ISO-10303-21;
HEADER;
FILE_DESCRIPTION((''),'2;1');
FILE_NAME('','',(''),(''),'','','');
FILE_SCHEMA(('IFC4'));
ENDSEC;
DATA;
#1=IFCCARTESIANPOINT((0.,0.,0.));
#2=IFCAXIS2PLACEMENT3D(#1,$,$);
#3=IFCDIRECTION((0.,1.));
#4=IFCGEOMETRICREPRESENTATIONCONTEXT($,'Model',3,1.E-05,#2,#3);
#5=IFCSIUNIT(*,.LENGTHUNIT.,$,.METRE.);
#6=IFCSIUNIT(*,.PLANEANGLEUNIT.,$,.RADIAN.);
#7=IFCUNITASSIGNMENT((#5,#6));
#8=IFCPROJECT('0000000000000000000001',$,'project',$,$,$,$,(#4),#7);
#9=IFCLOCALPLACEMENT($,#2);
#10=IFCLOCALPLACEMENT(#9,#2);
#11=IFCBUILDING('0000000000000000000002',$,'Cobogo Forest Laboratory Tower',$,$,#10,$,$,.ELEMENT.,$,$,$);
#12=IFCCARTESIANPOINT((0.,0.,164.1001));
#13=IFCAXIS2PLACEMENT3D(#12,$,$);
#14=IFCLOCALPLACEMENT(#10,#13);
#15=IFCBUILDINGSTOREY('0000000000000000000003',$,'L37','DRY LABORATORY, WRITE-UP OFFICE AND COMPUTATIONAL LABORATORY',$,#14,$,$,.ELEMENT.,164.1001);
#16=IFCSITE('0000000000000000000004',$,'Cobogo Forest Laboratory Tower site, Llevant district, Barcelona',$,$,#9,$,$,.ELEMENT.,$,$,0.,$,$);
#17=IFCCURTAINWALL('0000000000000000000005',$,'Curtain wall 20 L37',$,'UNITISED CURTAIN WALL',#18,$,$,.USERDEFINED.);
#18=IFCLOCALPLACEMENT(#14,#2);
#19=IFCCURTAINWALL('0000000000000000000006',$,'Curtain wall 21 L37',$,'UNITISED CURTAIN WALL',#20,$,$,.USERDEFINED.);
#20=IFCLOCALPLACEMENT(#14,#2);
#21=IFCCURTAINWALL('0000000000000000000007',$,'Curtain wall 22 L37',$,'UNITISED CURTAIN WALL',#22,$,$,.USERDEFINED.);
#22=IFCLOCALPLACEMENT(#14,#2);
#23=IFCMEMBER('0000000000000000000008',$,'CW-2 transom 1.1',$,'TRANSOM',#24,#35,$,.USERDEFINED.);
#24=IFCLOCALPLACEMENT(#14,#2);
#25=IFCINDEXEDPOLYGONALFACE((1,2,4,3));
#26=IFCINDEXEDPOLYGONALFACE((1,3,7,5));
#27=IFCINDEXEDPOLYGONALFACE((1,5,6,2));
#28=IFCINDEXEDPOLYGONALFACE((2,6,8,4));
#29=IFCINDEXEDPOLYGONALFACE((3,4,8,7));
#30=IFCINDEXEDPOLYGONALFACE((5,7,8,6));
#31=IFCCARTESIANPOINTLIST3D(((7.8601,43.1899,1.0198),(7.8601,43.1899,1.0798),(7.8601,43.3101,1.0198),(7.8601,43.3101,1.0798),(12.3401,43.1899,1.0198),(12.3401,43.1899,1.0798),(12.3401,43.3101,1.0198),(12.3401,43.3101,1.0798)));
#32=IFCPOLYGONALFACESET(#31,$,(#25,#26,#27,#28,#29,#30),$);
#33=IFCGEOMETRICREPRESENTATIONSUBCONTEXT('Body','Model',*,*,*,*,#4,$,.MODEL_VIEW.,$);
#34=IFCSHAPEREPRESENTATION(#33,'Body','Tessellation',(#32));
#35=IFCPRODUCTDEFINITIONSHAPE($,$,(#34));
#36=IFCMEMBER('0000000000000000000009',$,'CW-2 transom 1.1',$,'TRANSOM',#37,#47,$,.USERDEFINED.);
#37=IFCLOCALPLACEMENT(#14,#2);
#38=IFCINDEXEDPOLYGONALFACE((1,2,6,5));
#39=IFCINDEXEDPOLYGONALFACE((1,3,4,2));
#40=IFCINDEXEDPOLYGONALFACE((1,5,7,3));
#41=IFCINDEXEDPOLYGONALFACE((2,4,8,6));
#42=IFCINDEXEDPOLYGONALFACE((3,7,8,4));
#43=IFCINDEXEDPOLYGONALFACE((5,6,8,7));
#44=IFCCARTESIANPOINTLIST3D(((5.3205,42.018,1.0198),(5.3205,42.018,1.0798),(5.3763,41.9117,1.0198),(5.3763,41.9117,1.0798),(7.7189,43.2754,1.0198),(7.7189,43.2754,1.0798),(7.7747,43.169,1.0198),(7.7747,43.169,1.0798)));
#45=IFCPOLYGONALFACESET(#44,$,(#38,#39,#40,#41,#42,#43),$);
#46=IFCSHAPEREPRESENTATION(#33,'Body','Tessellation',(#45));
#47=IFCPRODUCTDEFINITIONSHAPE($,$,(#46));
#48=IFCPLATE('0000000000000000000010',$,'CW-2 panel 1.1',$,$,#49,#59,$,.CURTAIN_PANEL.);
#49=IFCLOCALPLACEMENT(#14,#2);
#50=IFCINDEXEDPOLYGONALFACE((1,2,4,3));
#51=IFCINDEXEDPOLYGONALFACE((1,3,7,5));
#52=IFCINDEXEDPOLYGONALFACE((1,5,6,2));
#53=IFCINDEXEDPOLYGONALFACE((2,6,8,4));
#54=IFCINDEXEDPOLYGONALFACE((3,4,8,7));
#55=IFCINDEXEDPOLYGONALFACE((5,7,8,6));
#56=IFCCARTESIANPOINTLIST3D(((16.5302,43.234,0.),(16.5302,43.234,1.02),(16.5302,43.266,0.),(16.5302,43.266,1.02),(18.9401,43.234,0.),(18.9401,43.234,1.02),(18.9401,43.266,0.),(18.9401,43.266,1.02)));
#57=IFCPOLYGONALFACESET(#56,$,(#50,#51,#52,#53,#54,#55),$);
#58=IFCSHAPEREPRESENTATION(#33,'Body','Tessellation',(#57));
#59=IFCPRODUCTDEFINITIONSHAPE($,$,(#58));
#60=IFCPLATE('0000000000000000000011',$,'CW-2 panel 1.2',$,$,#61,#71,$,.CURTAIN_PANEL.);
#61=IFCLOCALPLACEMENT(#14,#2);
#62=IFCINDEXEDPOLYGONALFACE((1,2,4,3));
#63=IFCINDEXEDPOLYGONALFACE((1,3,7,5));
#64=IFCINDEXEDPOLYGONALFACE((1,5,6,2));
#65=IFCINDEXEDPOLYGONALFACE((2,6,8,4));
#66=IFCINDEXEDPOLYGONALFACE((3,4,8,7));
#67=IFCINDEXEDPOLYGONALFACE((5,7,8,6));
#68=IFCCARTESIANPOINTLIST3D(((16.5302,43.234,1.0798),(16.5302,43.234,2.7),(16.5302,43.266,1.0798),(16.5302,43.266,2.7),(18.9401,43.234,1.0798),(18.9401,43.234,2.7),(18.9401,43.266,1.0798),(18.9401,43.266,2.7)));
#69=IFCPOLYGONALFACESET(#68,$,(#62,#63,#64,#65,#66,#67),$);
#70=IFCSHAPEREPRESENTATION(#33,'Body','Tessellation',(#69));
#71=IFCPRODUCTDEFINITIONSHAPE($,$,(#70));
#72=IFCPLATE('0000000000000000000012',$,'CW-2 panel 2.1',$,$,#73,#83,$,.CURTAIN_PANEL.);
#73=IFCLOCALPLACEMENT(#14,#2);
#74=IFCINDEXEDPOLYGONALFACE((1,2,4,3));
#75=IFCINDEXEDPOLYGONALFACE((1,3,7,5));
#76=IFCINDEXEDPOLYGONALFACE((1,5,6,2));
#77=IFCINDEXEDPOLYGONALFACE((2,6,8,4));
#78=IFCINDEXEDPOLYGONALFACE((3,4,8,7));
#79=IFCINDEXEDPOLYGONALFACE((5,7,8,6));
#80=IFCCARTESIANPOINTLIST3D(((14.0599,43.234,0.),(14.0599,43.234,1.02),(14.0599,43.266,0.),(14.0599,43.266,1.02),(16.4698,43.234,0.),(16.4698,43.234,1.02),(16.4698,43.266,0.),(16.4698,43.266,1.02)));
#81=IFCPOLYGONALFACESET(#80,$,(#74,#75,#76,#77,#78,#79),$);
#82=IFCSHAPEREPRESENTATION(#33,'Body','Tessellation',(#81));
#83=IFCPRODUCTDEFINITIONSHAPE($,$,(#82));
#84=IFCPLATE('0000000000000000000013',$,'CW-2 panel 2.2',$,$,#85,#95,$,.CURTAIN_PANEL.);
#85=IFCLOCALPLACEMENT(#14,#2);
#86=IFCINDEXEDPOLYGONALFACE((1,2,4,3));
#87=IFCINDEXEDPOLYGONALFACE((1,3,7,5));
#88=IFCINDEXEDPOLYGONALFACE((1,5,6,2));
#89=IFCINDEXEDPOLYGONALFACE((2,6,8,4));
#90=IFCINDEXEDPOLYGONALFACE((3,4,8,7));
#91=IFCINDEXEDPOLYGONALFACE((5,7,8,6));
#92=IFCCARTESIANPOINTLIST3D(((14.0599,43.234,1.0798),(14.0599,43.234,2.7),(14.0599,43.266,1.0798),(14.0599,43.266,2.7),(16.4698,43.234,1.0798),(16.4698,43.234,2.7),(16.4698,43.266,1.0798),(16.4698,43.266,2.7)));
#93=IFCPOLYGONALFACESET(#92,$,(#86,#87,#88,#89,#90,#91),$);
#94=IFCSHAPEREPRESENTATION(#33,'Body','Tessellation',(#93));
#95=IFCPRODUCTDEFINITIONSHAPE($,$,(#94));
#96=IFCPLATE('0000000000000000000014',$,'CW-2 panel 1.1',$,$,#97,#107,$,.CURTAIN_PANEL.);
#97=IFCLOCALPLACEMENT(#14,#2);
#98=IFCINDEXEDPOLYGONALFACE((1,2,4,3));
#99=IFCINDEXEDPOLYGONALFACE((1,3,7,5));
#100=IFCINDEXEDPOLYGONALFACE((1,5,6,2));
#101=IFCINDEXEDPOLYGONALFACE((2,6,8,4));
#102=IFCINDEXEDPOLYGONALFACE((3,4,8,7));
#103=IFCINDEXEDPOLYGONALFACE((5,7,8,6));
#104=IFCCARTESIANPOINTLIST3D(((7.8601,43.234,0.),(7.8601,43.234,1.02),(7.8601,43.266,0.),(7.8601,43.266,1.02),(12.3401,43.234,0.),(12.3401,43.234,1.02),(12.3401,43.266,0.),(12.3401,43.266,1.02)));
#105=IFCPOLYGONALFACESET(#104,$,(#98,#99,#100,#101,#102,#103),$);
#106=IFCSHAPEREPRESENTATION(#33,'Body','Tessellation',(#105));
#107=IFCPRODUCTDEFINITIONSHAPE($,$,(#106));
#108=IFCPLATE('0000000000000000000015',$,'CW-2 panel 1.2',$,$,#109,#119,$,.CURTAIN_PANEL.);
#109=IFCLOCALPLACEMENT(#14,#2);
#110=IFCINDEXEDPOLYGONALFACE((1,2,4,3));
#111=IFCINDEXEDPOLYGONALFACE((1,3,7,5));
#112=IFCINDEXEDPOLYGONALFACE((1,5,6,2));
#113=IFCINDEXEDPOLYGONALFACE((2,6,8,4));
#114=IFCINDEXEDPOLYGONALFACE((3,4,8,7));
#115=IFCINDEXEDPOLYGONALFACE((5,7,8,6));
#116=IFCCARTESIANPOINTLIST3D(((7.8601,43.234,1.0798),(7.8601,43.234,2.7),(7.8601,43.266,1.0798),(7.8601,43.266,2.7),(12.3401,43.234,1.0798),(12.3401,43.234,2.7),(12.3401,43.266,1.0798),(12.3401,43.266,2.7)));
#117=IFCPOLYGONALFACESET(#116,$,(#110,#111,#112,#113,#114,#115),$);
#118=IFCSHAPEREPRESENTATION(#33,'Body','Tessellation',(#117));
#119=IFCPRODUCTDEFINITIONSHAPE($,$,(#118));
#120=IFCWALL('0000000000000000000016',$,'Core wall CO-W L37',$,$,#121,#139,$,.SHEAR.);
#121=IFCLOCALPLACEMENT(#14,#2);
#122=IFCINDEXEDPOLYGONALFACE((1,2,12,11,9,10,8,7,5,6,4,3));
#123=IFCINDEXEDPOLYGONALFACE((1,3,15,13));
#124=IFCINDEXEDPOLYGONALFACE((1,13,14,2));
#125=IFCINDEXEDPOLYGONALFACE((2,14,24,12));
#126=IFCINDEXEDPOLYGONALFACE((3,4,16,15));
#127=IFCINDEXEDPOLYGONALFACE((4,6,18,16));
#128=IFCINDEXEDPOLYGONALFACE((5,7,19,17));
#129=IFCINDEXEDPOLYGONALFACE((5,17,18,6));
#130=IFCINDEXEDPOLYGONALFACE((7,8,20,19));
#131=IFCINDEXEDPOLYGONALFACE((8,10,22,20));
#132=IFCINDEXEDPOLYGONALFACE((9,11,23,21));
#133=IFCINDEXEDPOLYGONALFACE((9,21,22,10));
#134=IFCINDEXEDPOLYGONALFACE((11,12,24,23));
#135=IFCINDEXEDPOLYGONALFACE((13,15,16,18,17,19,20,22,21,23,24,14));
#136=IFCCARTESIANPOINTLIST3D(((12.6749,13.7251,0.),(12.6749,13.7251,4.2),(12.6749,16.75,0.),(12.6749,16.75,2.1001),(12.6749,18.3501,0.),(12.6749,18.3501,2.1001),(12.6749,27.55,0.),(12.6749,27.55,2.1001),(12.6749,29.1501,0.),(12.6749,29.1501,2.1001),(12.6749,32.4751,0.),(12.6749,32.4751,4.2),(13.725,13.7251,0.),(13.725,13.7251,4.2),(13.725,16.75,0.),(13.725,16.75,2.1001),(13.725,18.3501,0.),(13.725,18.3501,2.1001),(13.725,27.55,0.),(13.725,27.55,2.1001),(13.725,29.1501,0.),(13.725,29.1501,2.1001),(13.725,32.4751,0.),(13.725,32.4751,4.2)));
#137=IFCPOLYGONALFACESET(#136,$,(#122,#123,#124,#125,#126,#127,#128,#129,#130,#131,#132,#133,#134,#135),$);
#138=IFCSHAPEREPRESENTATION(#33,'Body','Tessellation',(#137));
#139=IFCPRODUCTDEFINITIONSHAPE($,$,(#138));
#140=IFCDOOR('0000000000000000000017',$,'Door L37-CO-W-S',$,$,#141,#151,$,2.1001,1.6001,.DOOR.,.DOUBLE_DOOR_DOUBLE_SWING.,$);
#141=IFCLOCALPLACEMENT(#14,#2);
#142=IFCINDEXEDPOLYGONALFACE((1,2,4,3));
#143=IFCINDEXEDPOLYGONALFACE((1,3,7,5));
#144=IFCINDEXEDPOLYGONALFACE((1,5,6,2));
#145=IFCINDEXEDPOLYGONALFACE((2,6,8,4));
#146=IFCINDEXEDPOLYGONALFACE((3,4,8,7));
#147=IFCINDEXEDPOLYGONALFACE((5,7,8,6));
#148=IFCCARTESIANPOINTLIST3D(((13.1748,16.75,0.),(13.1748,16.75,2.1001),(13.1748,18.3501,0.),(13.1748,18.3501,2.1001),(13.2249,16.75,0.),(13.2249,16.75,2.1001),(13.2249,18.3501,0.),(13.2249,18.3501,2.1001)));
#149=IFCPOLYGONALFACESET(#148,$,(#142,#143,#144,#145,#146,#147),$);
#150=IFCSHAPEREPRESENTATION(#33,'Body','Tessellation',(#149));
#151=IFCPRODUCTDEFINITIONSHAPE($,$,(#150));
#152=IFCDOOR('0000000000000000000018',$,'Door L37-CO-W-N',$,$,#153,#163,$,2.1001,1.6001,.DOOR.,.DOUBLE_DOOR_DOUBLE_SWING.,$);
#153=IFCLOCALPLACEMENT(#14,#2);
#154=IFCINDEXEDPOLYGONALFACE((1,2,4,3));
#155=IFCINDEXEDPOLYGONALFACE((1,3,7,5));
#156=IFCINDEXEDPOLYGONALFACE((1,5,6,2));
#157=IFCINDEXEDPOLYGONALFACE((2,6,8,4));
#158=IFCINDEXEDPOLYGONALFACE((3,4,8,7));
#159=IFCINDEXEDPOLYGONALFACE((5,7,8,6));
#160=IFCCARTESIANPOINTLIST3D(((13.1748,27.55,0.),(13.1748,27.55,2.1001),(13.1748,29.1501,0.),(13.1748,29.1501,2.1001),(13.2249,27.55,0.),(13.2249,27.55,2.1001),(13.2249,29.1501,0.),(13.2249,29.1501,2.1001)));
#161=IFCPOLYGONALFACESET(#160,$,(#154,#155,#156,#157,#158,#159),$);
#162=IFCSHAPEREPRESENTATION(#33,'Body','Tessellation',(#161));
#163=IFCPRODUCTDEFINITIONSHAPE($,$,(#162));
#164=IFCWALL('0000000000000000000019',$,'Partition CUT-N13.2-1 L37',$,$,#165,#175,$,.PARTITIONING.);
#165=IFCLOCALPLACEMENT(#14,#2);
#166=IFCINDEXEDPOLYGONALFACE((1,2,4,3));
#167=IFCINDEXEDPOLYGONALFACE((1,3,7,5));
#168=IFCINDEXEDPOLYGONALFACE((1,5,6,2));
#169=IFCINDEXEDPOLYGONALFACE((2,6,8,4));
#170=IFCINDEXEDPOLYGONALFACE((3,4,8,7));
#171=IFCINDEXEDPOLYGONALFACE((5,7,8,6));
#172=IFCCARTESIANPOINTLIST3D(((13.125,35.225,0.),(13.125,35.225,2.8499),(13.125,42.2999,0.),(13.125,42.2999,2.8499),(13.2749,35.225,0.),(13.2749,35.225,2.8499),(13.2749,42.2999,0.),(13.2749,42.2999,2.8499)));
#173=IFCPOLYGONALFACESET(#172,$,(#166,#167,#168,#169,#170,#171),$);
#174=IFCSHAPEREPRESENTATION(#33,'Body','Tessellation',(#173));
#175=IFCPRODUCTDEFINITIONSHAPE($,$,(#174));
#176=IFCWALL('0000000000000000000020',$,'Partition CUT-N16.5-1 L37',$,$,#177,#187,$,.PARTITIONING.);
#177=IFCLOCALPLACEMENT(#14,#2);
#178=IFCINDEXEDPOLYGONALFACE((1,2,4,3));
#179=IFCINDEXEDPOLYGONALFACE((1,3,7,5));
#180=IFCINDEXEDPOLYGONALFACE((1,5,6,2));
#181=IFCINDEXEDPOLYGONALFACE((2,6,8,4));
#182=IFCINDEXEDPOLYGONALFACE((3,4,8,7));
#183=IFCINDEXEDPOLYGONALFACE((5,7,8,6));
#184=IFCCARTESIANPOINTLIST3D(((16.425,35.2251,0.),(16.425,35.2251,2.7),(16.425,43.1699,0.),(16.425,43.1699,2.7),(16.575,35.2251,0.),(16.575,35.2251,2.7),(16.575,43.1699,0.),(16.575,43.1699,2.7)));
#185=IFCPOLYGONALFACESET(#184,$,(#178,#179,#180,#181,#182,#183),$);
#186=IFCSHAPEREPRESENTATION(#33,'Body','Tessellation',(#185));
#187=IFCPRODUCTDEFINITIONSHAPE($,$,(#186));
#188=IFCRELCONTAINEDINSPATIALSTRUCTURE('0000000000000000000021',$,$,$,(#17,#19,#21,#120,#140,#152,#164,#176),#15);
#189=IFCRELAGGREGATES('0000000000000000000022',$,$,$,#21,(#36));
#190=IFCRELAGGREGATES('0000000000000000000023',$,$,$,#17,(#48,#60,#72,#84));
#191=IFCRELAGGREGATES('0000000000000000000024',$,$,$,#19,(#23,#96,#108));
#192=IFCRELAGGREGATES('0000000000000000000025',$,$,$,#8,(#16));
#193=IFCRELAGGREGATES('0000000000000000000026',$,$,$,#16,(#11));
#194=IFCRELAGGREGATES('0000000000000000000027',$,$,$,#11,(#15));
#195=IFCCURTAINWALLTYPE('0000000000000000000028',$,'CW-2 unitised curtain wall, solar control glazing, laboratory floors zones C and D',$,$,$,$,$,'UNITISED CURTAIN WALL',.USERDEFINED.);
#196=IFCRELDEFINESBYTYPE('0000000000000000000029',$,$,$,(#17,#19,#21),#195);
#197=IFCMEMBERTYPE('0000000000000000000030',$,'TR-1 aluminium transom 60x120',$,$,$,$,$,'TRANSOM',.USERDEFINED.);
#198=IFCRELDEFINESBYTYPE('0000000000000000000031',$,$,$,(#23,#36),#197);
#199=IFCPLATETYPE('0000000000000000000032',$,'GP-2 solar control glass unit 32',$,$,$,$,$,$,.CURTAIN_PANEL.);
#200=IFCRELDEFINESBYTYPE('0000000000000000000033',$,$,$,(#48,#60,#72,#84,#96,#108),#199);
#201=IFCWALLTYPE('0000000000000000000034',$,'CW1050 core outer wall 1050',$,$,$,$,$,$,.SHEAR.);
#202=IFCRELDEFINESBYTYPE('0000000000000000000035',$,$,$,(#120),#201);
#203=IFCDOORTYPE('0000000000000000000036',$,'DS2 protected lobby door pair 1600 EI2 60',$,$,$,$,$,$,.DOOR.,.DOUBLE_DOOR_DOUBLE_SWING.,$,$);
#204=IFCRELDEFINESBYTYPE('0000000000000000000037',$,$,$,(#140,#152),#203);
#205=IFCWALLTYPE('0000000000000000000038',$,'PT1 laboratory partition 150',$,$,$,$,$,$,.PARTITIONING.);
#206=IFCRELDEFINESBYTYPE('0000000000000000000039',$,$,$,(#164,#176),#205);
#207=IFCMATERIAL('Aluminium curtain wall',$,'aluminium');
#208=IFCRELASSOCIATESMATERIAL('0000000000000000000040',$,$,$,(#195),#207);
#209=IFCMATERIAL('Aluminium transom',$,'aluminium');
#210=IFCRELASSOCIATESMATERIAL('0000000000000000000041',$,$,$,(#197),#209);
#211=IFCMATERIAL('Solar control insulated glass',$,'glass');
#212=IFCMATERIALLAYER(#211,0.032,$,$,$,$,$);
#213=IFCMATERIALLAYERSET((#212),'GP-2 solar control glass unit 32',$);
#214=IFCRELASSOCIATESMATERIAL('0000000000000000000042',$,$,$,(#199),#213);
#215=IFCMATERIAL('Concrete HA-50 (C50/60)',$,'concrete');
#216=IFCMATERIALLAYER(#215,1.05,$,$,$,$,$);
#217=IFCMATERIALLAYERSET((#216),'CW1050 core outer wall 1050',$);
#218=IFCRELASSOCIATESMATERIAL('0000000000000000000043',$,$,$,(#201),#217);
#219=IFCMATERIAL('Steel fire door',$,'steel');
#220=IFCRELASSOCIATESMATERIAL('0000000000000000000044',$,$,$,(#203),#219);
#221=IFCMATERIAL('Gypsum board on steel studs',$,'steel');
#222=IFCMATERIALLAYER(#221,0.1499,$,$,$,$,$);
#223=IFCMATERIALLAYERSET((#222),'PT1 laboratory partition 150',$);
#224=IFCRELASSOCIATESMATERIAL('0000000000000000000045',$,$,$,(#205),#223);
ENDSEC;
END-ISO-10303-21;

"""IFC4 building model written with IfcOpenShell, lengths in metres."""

from ifc_helpers import new_model, si_unit, direction, frame, frame_2d, origin, origin_2d, place, context, subcontext, project, spatial, rectangle, extrude, material, layer, layer_set, material_profile, profile_set, type_object, element, fill, aggregate, save


model = new_model("IFC4")

# Units and contexts
model_context = context("Model", 3, precision=1e-05, world=origin(), true_north=direction((0.0, 1.0)))
body_context = subcontext(model_context, "Body", "Model", "MODEL_VIEW")
ifc_project = project(units=[si_unit("LENGTHUNIT", "METRE"), si_unit("PLANEANGLEUNIT", "RADIAN")], contexts=[model_context])

# Site, building, storey
site_placement = place(None, origin())
site = spatial("IfcSite", under=ifc_project, at=site_placement, Name="Cobogo Forest Laboratory Tower site, Llevant district, Barcelona", CompositionType="ELEMENT", RefElevation=0.0)
building_placement = place(site_placement, origin())
building = spatial("IfcBuilding", under=site, at=building_placement, Name="Cobogo Forest Laboratory Tower", CompositionType="ELEMENT")
storey_placement = place(building_placement, frame((0.0, 0.0, 164.1001)))
storey = spatial("IfcBuildingStorey", under=building, at=storey_placement, Name="L37", Description="DRY LABORATORY, WRITE-UP OFFICE AND COMPUTATIONAL LABORATORY", CompositionType="ELEMENT", Elevation=164.1001)

# Shared definitions
ifc_material_1 = material(Name="Concrete HA-50 (C50/60)", Category="concrete")

# Curtain walls
ifc_material_2 = material(Name="Aluminium curtain wall", Category="aluminium")
curtain_wall_type = type_object("IfcCurtainWallType", Name="CW-2 unitised curtain wall, solar control glazing, laboratory floors zones C and D", ElementType="UNITISED CURTAIN WALL", PredefinedType="USERDEFINED", material=ifc_material_2)
curtain_wall_1_placement = place(storey_placement, origin())
curtain_wall_1 = element("IfcCurtainWall", 1, at=curtain_wall_1_placement, inside=storey, type_object=curtain_wall_type, Name="Curtain wall 20 L37", ObjectType="UNITISED CURTAIN WALL", PredefinedType="USERDEFINED")
curtain_wall_2_placement = place(storey_placement, origin())
curtain_wall_2 = element("IfcCurtainWall", 2, at=curtain_wall_2_placement, inside=storey, type_object=curtain_wall_type, Name="Curtain wall 21 L37", ObjectType="UNITISED CURTAIN WALL", PredefinedType="USERDEFINED")

# Curtain wall
curtain_wall_3_placement = place(storey_placement, origin())
curtain_wall_3 = element("IfcCurtainWall", 3, at=curtain_wall_3_placement, inside=storey, type_object=curtain_wall_type, Name="Curtain wall 22 L37", ObjectType="UNITISED CURTAIN WALL", PredefinedType="USERDEFINED")

# Members
ifc_material_3 = material(Name="Aluminium transom", Category="aluminium")
ifc_material_profile_1 = material_profile(ifc_material_3, rectangle(XDim=0.1201, YDim=0.0601, at=origin_2d()), Name="AL 60x120")
ifc_profile_set_1 = profile_set([ifc_material_profile_1], Name="Aluminium transom")
member_type_1 = type_object("IfcMemberType", Name="TR-1 aluminium transom 60x120", ElementType="TRANSOM", PredefinedType="USERDEFINED", material=ifc_profile_set_1)
member_1_placement = place(storey_placement, frame((12.3401, 43.25, 1.0498), z_axis=(-1.0, 0.0, 0.0), x_axis=(0.0, -1.0, 0.0)))
member_1 = element("IfcMember", 4, at=member_1_placement, type_object=member_type_1, Name="CW-2 transom 1.1", ObjectType="TRANSOM", PredefinedType="USERDEFINED", context=body_context, shape_type="SweptSolid", body=[
    extrude(rectangle(XDim=0.1201, YDim=0.0601, at=origin_2d()), origin(), (0.0, 0.0, 1.0), 4.48),
])
member_2_placement = place(storey_placement, frame((7.7468, 43.2222, 1.0498), z_axis=(-0.88568, -0.464297, 0.0), x_axis=(0.464297, -0.88568, 0.0)))
member_2 = element("IfcMember", 5, at=member_2_placement, type_object=member_type_1, Name="CW-2 transom 1.1", ObjectType="TRANSOM", PredefinedType="USERDEFINED", context=body_context, shape_type="SweptSolid", body=[
    extrude(rectangle(XDim=0.1201, YDim=0.0601, at=origin_2d()), origin(), (0.0, 0.0, 1.0), 2.708),
])
aggregate(curtain_wall_3, [member_2])

# Plates
ifc_material_4 = material(Name="Solar control insulated glass", Category="glass")
ifc_layer_1 = layer(ifc_material_4, 0.032)
ifc_layer_set_1 = layer_set([ifc_layer_1], Name="GP-2 solar control glass unit 32")
plate_type_1 = type_object("IfcPlateType", Name="GP-2 solar control glass unit 32", PredefinedType="CURTAIN_PANEL", material=ifc_layer_set_1)
plate_1_placement = place(storey_placement, frame((17.7351, 43.25, 0.0), z_axis=(0.0, 0.0, 1.0), x_axis=(-1.0, 0.0, 0.0)))
plate_1 = element("IfcPlate", 6, at=plate_1_placement, type_object=plate_type_1, Name="CW-2 panel 1.1", PredefinedType="CURTAIN_PANEL", context=body_context, shape_type="SweptSolid", body=[
    extrude(rectangle(XDim=2.4099, YDim=0.032, at=origin_2d()), origin(), (0.0, 0.0, 1.0), 1.02),
])
plate_2_placement = place(storey_placement, frame((17.7351, 43.25, 1.0798), z_axis=(0.0, 0.0, 1.0), x_axis=(-1.0, 0.0, 0.0)))
plate_2 = element("IfcPlate", 7, at=plate_2_placement, type_object=plate_type_1, Name="CW-2 panel 1.2", PredefinedType="CURTAIN_PANEL", context=body_context, shape_type="SweptSolid", body=[
    extrude(rectangle(XDim=2.4099, YDim=0.032, at=origin_2d()), origin(), (0.0, 0.0, 1.0), 1.6201),
])
plate_3_placement = place(storey_placement, frame((15.2649, 43.25, 0.0), z_axis=(0.0, 0.0, 1.0), x_axis=(-1.0, 0.0, 0.0)))
plate_3 = element("IfcPlate", 8, at=plate_3_placement, type_object=plate_type_1, Name="CW-2 panel 2.1", PredefinedType="CURTAIN_PANEL", context=body_context, shape_type="SweptSolid", body=[
    extrude(rectangle(XDim=2.4099, YDim=0.032, at=origin_2d()), origin(), (0.0, 0.0, 1.0), 1.02),
])
plate_4_placement = place(storey_placement, frame((15.2649, 43.25, 1.0798), z_axis=(0.0, 0.0, 1.0), x_axis=(-1.0, 0.0, 0.0)))
plate_4 = element("IfcPlate", 9, at=plate_4_placement, type_object=plate_type_1, Name="CW-2 panel 2.2", PredefinedType="CURTAIN_PANEL", context=body_context, shape_type="SweptSolid", body=[
    extrude(rectangle(XDim=2.4099, YDim=0.032, at=origin_2d()), origin(), (0.0, 0.0, 1.0), 1.6201),
])
aggregate(curtain_wall_1, [plate_1, plate_2, plate_3, plate_4])
plate_5_placement = place(storey_placement, frame((10.1001, 43.25, 0.0), z_axis=(0.0, 0.0, 1.0), x_axis=(-1.0, 0.0, 0.0)))
plate_5 = element("IfcPlate", 10, at=plate_5_placement, type_object=plate_type_1, Name="CW-2 panel 1.1", PredefinedType="CURTAIN_PANEL", context=body_context, shape_type="SweptSolid", body=[
    extrude(rectangle(XDim=4.48, YDim=0.032, at=origin_2d()), origin(), (0.0, 0.0, 1.0), 1.02),
])
plate_6_placement = place(storey_placement, frame((10.1001, 43.25, 1.0798), z_axis=(0.0, 0.0, 1.0), x_axis=(-1.0, 0.0, 0.0)))
plate_6 = element("IfcPlate", 11, at=plate_6_placement, type_object=plate_type_1, Name="CW-2 panel 1.2", PredefinedType="CURTAIN_PANEL", context=body_context, shape_type="SweptSolid", body=[
    extrude(rectangle(XDim=4.48, YDim=0.032, at=origin_2d()), origin(), (0.0, 0.0, 1.0), 1.6201),
])
aggregate(curtain_wall_2, [member_1, plate_5, plate_6])

# Wall, openings, doors
ifc_layer_2 = layer(ifc_material_1, 1.05)
ifc_layer_set_2 = layer_set([ifc_layer_2], Name="CW1050 core outer wall 1050")
wall_type_1 = type_object("IfcWallType", Name="CW1050 core outer wall 1050", PredefinedType="SHEAR", material=ifc_layer_set_2)
wall_1_placement = place(storey_placement, frame((13.2, 32.4751, 0.0), z_axis=(0.0, 0.0, 1.0), x_axis=(0.0, -1.0, 0.0)))
wall_1 = element("IfcWall", 12, at=wall_1_placement, inside=storey, type_object=wall_type_1, Name="Core wall CO-W L37", PredefinedType="SHEAR", context=body_context, shape_type="SweptSolid", body=[
    extrude(rectangle(XDim=18.75, YDim=1.05, at=frame_2d((9.375, 0.0))), origin(), (0.0, 0.0, 1.0), 4.2),
])
opening_1_placement = place(wall_1_placement, frame((14.125, 0.0, 0.0)))
opening_1 = element("IfcOpeningElement", 13, at=opening_1_placement, cuts=wall_1, PredefinedType="OPENING", context=body_context, shape_type="SweptSolid", body=[
    extrude(rectangle(XDim=1.6001, YDim=2.1001, at=frame_2d((0.8, 1.05))), frame((0.0, 0.5349, 0.0), z_axis=(0.0, -1.0, 0.0), x_axis=(1.0, 0.0, 0.0)), (0.0, 0.0, 1.0), 1.0701),
])
opening_2_placement = place(wall_1_placement, frame((3.325, 0.0, 0.0)))
opening_2 = element("IfcOpeningElement", 14, at=opening_2_placement, cuts=wall_1, PredefinedType="OPENING", context=body_context, shape_type="SweptSolid", body=[
    extrude(rectangle(XDim=1.6001, YDim=2.1001, at=frame_2d((0.8, 1.05))), frame((0.0, 0.5349, 0.0), z_axis=(0.0, -1.0, 0.0), x_axis=(1.0, 0.0, 0.0)), (0.0, 0.0, 1.0), 1.0701),
])
ifc_material_5 = material(Name="Steel fire door", Category="steel")
door_type_1 = type_object("IfcDoorType", Name="DS2 protected lobby door pair 1600 EI2 60", OperationType="DOUBLE_DOOR_DOUBLE_SWING", PredefinedType="DOOR", material=ifc_material_5)
door_1_placement = place(opening_1_placement, origin())
door_1 = element("IfcDoor", 15, at=door_1_placement, inside=storey, type_object=door_type_1, Name="Door L37-CO-W-S", OperationType="DOUBLE_DOOR_DOUBLE_SWING", OverallHeight=2.1001, OverallWidth=1.6001, PredefinedType="DOOR", context=body_context, shape_type="SweptSolid", body=[
    extrude(rectangle(XDim=1.6001, YDim=2.1001, at=frame_2d((0.8, 1.05))), frame((0.0, 0.0249, 0.0), z_axis=(0.0, -1.0, 0.0), x_axis=(1.0, 0.0, 0.0)), (0.0, 0.0, 1.0), 0.05),
])
fill(opening_1, door_1)
door_2_placement = place(opening_2_placement, origin())
door_2 = element("IfcDoor", 16, at=door_2_placement, inside=storey, type_object=door_type_1, Name="Door L37-CO-W-N", OperationType="DOUBLE_DOOR_DOUBLE_SWING", OverallHeight=2.1001, OverallWidth=1.6001, PredefinedType="DOOR", context=body_context, shape_type="SweptSolid", body=[
    extrude(rectangle(XDim=1.6001, YDim=2.1001, at=frame_2d((0.8, 1.05))), frame((0.0, 0.0249, 0.0), z_axis=(0.0, -1.0, 0.0), x_axis=(1.0, 0.0, 0.0)), (0.0, 0.0, 1.0), 0.05),
])
fill(opening_2, door_2)

# Walls
ifc_material_6 = material(Name="Gypsum board on steel studs", Category="steel")
ifc_layer_3 = layer(ifc_material_6, 0.1499)
ifc_layer_set_3 = layer_set([ifc_layer_3], Name="PT1 laboratory partition 150")
wall_type_2 = type_object("IfcWallType", Name="PT1 laboratory partition 150", PredefinedType="PARTITIONING", material=ifc_layer_set_3)
wall_2_placement = place(storey_placement, frame((13.2, 42.3, 0.0), z_axis=(0.0, 0.0, 1.0), x_axis=(0.0, -1.0, 0.0)))
element("IfcWall", 17, at=wall_2_placement, inside=storey, type_object=wall_type_2, Name="Partition CUT-N13.2-1 L37", PredefinedType="PARTITIONING", context=body_context, shape_type="SweptSolid", body=[
    extrude(rectangle(XDim=7.075, YDim=0.1499, at=frame_2d((3.5376, 0.0))), origin(), (0.0, 0.0, 1.0), 2.8499),
])
wall_3_placement = place(storey_placement, frame((16.5, 43.1699, 0.0), z_axis=(0.0, 0.0, 1.0), x_axis=(0.0, -1.0, 0.0)))
element("IfcWall", 18, at=wall_3_placement, inside=storey, type_object=wall_type_2, Name="Partition CUT-N16.5-1 L37", PredefinedType="PARTITIONING", context=body_context, shape_type="SweptSolid", body=[
    extrude(rectangle(XDim=7.9448, YDim=0.1499, at=frame_2d((3.9724, 0.0))), origin(), (0.0, 0.0, 1.0), 2.7),
])

save(model, "model.ifc")
